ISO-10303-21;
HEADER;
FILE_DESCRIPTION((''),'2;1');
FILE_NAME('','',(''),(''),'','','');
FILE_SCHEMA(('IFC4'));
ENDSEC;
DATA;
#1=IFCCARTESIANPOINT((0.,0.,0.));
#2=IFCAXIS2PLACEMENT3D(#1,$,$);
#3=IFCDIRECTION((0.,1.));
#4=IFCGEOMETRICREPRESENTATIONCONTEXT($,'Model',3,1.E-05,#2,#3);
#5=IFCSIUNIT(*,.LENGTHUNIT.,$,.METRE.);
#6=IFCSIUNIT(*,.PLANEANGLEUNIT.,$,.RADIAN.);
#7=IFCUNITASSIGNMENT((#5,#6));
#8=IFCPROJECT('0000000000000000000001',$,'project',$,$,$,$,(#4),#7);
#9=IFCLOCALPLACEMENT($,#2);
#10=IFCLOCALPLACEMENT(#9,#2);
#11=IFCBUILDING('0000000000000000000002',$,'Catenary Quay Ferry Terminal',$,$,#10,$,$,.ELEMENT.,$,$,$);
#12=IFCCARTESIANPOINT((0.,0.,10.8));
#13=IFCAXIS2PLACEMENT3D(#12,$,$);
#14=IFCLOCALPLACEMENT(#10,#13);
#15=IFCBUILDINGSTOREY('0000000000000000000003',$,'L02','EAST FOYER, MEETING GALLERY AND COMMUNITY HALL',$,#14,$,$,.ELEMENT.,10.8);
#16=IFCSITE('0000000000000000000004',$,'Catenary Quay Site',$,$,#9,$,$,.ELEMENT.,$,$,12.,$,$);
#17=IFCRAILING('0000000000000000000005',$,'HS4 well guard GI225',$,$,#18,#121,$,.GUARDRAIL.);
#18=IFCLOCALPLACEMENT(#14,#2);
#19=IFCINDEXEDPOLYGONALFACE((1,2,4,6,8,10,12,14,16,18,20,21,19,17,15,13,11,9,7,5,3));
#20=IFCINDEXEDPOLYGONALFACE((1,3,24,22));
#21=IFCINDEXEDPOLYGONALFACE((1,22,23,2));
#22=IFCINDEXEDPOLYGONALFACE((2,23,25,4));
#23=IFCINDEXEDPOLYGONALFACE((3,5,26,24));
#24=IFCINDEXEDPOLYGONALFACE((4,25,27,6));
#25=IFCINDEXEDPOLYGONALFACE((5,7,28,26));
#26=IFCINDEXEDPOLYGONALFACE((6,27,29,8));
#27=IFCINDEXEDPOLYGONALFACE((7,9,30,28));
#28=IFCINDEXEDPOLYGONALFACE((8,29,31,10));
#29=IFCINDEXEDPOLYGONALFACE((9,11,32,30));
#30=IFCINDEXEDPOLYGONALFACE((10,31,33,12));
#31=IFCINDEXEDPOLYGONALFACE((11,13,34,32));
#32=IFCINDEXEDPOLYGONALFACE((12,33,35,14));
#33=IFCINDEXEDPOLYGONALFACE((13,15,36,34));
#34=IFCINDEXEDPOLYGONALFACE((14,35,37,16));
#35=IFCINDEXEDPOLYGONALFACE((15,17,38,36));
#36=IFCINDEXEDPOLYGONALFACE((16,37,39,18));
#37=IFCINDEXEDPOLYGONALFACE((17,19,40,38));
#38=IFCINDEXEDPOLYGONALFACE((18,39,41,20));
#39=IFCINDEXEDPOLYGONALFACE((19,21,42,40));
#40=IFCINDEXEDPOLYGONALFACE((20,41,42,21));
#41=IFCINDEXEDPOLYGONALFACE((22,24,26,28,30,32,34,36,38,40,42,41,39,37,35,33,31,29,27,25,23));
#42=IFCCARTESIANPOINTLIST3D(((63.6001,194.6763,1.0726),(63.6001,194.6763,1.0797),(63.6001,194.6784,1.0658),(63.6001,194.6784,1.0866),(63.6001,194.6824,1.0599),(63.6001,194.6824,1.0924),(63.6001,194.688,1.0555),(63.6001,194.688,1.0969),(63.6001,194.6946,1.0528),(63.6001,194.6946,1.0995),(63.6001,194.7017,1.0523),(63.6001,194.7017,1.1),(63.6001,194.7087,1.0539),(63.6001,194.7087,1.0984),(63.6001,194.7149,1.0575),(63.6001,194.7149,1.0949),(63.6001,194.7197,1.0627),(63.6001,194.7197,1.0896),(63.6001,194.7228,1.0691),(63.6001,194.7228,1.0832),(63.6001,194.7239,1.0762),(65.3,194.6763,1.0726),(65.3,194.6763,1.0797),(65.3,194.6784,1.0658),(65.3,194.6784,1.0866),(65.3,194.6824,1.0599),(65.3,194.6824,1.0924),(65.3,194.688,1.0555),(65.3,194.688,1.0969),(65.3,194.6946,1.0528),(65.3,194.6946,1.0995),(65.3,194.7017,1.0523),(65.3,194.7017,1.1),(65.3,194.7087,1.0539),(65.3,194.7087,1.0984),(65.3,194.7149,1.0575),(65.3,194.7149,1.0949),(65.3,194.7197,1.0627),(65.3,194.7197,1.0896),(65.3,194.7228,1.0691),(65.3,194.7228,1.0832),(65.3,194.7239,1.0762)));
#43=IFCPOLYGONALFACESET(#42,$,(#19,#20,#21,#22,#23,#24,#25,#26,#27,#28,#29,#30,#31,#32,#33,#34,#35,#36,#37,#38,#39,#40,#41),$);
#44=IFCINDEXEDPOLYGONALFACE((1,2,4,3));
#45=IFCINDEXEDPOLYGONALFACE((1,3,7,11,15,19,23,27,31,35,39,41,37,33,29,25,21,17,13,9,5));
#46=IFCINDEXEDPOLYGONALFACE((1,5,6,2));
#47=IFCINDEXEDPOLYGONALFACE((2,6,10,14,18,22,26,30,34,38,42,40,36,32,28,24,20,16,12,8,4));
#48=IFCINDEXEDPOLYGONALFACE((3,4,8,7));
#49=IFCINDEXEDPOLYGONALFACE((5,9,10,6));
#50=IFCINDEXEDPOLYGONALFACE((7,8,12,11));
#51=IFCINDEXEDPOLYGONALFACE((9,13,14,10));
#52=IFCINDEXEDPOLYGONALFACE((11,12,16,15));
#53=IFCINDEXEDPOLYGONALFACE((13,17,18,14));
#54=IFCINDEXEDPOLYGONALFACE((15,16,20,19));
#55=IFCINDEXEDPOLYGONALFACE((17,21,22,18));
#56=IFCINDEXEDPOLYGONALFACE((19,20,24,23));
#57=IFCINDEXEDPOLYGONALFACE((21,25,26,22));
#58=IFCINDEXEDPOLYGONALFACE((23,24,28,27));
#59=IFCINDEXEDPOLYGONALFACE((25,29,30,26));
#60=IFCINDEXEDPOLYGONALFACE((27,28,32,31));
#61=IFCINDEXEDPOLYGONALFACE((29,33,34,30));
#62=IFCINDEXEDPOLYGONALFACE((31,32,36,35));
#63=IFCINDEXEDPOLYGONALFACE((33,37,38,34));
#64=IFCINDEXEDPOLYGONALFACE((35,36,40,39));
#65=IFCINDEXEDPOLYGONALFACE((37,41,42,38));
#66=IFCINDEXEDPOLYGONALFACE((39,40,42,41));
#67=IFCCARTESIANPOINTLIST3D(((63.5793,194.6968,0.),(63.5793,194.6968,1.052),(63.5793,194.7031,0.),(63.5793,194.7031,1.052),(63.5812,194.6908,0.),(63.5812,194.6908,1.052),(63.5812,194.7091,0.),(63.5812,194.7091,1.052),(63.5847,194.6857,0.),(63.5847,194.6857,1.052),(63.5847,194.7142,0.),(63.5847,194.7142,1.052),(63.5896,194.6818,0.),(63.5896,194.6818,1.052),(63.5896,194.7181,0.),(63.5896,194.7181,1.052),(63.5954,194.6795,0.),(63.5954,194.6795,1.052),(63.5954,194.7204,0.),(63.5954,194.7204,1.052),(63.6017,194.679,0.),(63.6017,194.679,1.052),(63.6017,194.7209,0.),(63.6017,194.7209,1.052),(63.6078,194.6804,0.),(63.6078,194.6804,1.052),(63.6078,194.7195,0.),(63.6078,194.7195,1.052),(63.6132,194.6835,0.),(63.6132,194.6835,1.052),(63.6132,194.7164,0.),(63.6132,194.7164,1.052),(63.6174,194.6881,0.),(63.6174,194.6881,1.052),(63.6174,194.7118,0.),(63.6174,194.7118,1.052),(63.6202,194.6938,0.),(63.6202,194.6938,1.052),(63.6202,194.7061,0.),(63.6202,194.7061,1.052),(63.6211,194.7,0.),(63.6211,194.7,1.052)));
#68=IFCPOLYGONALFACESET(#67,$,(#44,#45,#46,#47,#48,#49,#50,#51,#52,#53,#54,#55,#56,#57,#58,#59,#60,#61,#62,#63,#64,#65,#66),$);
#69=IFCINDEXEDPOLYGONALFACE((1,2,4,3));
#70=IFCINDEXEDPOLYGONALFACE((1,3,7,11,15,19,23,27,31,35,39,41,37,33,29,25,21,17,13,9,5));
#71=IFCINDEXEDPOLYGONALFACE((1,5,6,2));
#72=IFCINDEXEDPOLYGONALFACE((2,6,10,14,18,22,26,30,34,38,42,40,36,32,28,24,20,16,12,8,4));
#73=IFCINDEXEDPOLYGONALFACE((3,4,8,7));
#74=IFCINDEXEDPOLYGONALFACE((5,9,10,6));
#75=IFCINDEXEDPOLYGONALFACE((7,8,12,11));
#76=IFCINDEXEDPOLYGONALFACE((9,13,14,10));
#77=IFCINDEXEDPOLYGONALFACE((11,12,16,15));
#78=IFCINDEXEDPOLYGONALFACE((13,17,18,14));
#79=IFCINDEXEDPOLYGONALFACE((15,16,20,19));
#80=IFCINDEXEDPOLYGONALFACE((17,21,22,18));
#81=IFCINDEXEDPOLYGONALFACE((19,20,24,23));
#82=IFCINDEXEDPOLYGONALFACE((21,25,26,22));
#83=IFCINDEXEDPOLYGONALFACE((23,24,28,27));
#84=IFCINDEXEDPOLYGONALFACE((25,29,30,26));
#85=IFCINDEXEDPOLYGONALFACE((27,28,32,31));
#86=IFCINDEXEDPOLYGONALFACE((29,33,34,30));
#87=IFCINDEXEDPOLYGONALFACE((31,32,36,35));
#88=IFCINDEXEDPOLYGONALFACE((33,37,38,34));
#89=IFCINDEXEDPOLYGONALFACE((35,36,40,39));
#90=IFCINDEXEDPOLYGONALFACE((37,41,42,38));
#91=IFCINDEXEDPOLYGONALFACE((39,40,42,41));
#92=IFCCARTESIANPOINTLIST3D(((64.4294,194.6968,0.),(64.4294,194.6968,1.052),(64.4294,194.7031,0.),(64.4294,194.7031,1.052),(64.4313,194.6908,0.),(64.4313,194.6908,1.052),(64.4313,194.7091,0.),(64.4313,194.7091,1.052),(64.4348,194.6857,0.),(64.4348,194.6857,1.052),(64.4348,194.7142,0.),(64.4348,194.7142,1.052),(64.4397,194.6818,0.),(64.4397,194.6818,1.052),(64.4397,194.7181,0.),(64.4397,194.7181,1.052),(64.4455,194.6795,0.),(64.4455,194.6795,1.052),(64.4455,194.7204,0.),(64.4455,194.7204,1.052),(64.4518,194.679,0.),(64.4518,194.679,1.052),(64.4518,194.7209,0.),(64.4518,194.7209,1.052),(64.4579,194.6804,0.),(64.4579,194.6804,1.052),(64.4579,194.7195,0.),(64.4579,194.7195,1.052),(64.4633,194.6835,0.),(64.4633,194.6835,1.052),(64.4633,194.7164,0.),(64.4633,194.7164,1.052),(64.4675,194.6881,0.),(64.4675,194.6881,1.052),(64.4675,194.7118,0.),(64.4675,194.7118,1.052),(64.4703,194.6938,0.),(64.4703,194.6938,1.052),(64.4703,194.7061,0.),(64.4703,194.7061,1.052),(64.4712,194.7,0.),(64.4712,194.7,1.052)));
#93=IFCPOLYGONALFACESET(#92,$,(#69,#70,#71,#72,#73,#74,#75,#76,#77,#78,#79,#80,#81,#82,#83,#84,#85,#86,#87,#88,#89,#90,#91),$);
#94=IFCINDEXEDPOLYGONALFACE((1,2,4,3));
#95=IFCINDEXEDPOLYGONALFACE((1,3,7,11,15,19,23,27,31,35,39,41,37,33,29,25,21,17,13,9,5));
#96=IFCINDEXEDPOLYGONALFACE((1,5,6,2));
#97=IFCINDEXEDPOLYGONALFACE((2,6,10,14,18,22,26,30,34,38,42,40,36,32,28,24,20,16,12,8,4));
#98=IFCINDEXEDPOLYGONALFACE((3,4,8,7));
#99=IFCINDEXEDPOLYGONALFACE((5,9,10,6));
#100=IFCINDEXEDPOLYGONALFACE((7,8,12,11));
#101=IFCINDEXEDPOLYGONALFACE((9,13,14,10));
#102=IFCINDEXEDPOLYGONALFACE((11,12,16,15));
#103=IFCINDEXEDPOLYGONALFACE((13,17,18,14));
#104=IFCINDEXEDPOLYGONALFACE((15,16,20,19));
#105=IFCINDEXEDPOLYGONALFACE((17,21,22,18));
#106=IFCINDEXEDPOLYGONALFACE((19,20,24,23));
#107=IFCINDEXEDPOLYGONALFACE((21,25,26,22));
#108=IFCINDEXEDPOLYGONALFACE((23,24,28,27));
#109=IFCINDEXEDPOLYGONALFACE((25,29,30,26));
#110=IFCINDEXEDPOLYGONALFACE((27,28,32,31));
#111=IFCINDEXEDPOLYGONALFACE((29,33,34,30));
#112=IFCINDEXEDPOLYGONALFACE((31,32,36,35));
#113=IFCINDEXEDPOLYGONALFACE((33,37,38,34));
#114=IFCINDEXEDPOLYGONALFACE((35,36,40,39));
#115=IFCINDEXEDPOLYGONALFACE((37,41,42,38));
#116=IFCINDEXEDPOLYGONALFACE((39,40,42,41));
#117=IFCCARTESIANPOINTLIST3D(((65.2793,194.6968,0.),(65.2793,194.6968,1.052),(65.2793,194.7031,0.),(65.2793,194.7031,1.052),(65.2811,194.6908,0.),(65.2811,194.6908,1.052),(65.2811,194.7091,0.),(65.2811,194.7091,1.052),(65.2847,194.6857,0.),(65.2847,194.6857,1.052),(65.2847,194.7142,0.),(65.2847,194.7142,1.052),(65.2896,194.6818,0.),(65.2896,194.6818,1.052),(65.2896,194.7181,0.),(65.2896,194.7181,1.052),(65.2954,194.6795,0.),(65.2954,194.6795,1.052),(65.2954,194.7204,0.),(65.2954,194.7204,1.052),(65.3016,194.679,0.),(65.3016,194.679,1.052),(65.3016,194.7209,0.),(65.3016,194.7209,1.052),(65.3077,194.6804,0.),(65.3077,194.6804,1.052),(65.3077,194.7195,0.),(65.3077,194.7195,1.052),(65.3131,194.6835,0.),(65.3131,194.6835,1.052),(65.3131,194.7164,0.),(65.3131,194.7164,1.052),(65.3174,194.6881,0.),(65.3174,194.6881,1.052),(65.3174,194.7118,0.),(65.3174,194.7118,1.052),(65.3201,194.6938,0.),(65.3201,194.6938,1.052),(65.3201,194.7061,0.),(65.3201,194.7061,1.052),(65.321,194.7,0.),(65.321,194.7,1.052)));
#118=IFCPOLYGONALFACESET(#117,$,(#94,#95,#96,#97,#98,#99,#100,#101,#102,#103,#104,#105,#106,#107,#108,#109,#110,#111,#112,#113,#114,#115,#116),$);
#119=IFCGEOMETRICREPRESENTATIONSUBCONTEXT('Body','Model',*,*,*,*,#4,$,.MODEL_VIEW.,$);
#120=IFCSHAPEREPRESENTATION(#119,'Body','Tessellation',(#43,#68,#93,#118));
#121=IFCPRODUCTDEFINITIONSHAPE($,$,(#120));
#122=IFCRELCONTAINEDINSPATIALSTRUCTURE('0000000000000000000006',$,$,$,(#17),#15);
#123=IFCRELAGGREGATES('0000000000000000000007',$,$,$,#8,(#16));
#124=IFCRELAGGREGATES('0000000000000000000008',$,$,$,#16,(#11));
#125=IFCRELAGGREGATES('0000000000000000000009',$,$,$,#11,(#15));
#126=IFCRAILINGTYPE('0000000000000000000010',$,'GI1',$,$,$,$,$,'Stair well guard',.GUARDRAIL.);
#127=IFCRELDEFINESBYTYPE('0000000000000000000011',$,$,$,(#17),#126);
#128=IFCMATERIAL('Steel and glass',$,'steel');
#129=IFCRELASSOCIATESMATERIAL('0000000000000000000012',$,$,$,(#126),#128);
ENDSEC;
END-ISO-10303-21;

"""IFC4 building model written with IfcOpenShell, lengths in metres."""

from ifc_helpers import new_model, si_unit, direction, frame, origin, origin_2d, place, context, subcontext, project, spatial, circle, extrude, material, type_object, element, save


model = new_model("IFC4")

# Units and contexts
model_context = context("Model", 3, precision=1e-05, world=origin(), true_north=direction((0.0, 1.0)))
body_context = subcontext(model_context, "Body", "Model", "MODEL_VIEW")
ifc_project = project(units=[si_unit("LENGTHUNIT", "METRE"), si_unit("PLANEANGLEUNIT", "RADIAN")], contexts=[model_context])

# Site, building, storey
site_placement = place(None, origin())
site = spatial("IfcSite", under=ifc_project, at=site_placement, Name="Catenary Quay Site", CompositionType="ELEMENT", RefElevation=12.0)
building_placement = place(site_placement, origin())
building = spatial("IfcBuilding", under=site, at=building_placement, Name="Catenary Quay Ferry Terminal", CompositionType="ELEMENT")
storey_placement = place(building_placement, frame((0.0, 0.0, 10.8)))
storey = spatial("IfcBuildingStorey", under=building, at=storey_placement, Name="L02", Description="EAST FOYER, MEETING GALLERY AND COMMUNITY HALL", CompositionType="ELEMENT", Elevation=10.8)

# Railing
ifc_material_1 = material(Name="Steel and glass", Category="steel")
railing_type_1 = type_object("IfcRailingType", Name="GI1", ElementType="Stair well guard", PredefinedType="GUARDRAIL", material=ifc_material_1)
railing_placement = place(storey_placement, frame((63.6001, 194.7, 0.0)))
element("IfcRailing", 1, at=railing_placement, inside=storey, type_object=railing_type_1, Name="HS4 well guard GI225", PredefinedType="GUARDRAIL", context=body_context, shape_type="SweptSolid", body=[
    extrude(circle(Radius=0.0239, at=origin_2d()), frame((0.0, 0.0, 1.0762), z_axis=(1.0, 0.0, 0.0), x_axis=(0.0, 1.0, 0.0)), (0.0, 0.0, 1.0), 1.7),
    extrude(circle(Radius=0.021, at=origin_2d()), origin(), (0.0, 0.0, 1.0), 1.052),
    extrude(circle(Radius=0.021, at=origin_2d()), frame((0.8501, 0.0, 0.0)), (0.0, 0.0, 1.0), 1.052),
    extrude(circle(Radius=0.021, at=origin_2d()), frame((1.7, 0.0, 0.0)), (0.0, 0.0, 1.0), 1.052),
])

save(model, "model.ifc")
